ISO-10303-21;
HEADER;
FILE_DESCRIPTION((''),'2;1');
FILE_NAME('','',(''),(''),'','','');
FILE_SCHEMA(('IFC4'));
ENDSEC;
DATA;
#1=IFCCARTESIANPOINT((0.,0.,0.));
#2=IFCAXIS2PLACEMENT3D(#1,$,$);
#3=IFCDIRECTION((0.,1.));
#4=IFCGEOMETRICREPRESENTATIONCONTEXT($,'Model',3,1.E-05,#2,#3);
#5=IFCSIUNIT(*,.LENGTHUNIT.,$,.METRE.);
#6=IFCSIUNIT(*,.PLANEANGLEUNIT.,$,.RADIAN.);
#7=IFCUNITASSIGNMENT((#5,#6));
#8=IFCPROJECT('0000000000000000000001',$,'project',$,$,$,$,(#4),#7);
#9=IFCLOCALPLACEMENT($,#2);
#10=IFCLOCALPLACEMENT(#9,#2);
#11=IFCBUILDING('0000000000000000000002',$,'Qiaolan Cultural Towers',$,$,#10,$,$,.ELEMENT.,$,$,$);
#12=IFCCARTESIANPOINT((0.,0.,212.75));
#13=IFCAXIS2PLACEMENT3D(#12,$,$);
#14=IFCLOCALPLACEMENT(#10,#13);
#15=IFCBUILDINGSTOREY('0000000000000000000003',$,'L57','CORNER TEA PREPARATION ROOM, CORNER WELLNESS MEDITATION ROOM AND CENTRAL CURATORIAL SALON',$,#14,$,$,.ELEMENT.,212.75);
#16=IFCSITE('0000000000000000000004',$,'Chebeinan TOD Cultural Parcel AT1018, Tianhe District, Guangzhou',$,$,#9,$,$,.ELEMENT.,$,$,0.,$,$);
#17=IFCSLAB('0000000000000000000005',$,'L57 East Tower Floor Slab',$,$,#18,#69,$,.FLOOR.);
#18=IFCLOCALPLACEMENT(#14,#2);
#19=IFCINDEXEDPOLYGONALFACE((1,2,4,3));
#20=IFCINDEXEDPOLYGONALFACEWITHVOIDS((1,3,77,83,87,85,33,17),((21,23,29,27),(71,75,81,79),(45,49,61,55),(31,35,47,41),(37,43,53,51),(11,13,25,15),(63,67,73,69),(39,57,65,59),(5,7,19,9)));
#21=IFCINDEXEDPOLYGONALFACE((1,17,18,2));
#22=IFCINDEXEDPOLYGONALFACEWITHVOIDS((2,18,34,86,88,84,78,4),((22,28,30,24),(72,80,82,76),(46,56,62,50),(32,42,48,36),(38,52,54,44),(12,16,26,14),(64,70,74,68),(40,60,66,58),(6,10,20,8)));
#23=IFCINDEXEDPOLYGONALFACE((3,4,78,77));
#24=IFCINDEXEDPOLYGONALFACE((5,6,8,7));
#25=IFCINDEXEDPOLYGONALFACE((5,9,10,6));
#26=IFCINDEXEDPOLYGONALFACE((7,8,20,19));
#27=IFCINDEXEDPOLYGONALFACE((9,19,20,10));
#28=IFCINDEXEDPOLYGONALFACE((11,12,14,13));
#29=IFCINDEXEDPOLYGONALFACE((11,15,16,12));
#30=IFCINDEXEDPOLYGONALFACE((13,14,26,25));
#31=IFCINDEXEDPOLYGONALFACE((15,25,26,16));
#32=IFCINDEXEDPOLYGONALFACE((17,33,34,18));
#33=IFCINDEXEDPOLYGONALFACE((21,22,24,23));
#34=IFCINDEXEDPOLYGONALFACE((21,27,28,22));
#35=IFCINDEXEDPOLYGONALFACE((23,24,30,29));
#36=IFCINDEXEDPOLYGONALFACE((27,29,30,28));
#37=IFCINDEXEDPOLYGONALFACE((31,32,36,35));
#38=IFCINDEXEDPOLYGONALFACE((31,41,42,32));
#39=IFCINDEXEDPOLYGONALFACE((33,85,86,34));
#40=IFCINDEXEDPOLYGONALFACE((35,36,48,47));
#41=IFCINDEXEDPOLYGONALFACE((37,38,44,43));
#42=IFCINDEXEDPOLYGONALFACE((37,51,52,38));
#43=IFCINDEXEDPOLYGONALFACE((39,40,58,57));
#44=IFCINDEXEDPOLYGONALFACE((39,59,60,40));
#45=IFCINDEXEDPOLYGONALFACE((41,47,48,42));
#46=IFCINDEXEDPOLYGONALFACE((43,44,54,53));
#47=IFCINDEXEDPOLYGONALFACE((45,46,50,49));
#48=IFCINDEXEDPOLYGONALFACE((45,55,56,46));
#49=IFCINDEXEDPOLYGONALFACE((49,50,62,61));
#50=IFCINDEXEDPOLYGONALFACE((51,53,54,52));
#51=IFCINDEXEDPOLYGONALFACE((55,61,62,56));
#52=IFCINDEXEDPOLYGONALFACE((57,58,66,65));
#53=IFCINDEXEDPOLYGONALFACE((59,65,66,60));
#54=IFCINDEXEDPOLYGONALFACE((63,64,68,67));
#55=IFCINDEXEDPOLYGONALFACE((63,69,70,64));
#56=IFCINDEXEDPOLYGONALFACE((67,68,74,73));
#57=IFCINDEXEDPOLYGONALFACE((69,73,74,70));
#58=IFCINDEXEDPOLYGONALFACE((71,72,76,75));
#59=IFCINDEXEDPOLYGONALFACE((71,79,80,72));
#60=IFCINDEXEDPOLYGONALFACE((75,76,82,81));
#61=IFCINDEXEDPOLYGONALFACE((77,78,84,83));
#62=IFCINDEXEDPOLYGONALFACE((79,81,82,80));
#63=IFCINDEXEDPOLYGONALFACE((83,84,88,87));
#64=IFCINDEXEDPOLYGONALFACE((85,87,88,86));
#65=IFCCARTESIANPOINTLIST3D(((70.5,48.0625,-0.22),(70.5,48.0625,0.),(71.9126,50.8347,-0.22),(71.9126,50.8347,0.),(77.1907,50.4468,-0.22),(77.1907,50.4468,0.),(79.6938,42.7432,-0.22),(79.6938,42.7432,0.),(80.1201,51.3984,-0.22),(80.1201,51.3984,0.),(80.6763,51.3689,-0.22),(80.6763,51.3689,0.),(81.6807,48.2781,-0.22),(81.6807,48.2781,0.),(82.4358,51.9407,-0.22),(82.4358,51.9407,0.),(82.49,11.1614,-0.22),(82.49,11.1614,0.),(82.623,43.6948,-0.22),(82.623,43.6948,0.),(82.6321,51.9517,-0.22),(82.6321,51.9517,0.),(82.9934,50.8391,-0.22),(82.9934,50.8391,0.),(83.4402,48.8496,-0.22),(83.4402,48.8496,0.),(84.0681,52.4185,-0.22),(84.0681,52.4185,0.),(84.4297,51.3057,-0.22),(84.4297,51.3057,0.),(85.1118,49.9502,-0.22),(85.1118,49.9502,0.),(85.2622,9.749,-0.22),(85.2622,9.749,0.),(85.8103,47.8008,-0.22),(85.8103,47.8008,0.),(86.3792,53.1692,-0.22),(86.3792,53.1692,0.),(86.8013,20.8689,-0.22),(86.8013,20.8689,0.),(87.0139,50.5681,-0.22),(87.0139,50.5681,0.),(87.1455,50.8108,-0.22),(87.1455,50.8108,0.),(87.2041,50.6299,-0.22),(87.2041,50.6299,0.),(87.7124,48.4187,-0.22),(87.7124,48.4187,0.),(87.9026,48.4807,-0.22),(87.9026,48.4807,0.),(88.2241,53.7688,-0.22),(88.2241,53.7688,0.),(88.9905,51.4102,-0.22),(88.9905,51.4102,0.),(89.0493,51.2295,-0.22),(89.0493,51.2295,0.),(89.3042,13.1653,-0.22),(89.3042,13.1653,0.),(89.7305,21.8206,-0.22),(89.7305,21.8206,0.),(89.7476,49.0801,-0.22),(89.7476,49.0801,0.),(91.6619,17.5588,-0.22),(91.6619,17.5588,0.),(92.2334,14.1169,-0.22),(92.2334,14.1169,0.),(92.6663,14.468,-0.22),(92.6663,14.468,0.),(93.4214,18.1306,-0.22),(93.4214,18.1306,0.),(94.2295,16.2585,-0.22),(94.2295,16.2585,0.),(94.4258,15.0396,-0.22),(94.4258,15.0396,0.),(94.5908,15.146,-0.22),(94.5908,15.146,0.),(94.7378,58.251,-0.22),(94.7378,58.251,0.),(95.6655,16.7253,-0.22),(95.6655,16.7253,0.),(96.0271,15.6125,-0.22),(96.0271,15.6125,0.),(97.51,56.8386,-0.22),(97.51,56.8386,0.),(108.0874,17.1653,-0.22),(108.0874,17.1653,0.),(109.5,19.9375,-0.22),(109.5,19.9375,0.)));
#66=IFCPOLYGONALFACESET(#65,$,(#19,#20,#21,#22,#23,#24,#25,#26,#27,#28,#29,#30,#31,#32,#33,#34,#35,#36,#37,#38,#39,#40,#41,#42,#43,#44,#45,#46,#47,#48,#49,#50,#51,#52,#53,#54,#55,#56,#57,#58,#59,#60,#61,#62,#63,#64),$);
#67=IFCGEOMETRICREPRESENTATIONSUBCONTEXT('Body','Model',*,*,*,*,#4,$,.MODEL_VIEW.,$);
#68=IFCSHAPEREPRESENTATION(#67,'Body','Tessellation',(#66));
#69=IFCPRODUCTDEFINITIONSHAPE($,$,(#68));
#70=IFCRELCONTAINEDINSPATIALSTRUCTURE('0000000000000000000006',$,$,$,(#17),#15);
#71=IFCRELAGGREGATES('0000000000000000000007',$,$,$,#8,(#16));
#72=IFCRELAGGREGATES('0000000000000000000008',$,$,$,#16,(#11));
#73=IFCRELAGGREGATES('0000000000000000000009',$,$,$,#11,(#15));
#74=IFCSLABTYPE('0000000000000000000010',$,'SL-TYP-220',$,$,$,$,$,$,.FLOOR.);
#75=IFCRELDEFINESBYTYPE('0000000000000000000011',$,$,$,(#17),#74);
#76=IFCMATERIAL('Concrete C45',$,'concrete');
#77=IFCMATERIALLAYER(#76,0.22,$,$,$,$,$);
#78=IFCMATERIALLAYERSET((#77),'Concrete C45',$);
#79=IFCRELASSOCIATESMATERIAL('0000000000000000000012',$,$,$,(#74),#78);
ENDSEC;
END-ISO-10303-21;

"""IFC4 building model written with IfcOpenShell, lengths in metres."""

from ifc_helpers import new_model, si_unit, direction, frame, origin, place, context, subcontext, project, spatial, polyline, outline, extrude, material, layer, layer_set, type_object, element, save


model = new_model("IFC4")

# Units and contexts
model_context = context("Model", 3, precision=1e-05, world=origin(), true_north=direction((0.0, 1.0)))
body_context = subcontext(model_context, "Body", "Model", "MODEL_VIEW")
ifc_project = project(units=[si_unit("LENGTHUNIT", "METRE"), si_unit("PLANEANGLEUNIT", "RADIAN")], contexts=[model_context])

# Site, building, storey
site_placement = place(None, origin())
site = spatial("IfcSite", under=ifc_project, at=site_placement, Name="Chebeinan TOD Cultural Parcel AT1018, Tianhe District, Guangzhou", CompositionType="ELEMENT", RefElevation=0.0)
building_placement = place(site_placement, origin())
building = spatial("IfcBuilding", under=site, at=building_placement, Name="Qiaolan Cultural Towers", CompositionType="ELEMENT")
storey_placement = place(building_placement, frame((0.0, 0.0, 212.75)))
storey = spatial("IfcBuildingStorey", under=building, at=storey_placement, Name="L57", Description="CORNER TEA PREPARATION ROOM, CORNER WELLNESS MEDITATION ROOM AND CENTRAL CURATORIAL SALON", CompositionType="ELEMENT", Elevation=212.75)

# Slab
ifc_material_1 = material(Name="Concrete C45", Category="concrete")
ifc_layer_1 = layer(ifc_material_1, 0.22)
ifc_layer_set_1 = layer_set([ifc_layer_1], Name="Concrete C45")
slab_type_1 = type_object("IfcSlabType", Name="SL-TYP-220", PredefinedType="FLOOR", material=ifc_layer_set_1)
slab_1_placement = place(storey_placement, frame((0.0, 0.0, -0.22)))
element("IfcSlab", 1, at=slab_1_placement, inside=storey, type_object=slab_type_1, Name="L57 East Tower Floor Slab", PredefinedType="FLOOR", context=body_context, shape_type="SweptSolid", body=[
    extrude(outline(polyline([(85.2622, 9.749), (108.0874, 17.1653), (109.5, 19.9375), (97.51, 56.8386), (94.7378, 58.251), (71.9126, 50.8347), (70.5, 48.0625), (82.49, 11.1614), (85.2622, 9.749)]), holes=[polyline([(86.8013, 20.8689), (89.3042, 13.1653), (92.2334, 14.1169), (89.7305, 21.8206), (86.8013, 20.8689)]), polyline([(82.623, 43.6948), (80.1201, 51.3984), (77.1907, 50.4468), (79.6938, 42.7432), (82.623, 43.6948)]), polyline([(92.6663, 14.468), (94.4258, 15.0396), (93.4214, 18.1306), (91.6619, 17.5588), (92.6663, 14.468)]), polyline([(94.5908, 15.146), (96.0271, 15.6125), (95.6655, 16.7253), (94.2295, 16.2585), (94.5908, 15.146)]), polyline([(81.6807, 48.2781), (83.4402, 48.8496), (82.4358, 51.9407), (80.6763, 51.3689), (81.6807, 48.2781)]), polyline([(82.9934, 50.8391), (84.4297, 51.3057), (84.0681, 52.4185), (82.6321, 51.9517), (82.9934, 50.8391)]), polyline([(85.8103, 47.8008), (87.7124, 48.4187), (87.0139, 50.5681), (85.1118, 49.9502), (85.8103, 47.8008)]), polyline([(87.9026, 48.4807), (89.7476, 49.0801), (89.0493, 51.2295), (87.2041, 50.6299), (87.9026, 48.4807)]), polyline([(87.1455, 50.8108), (88.9905, 51.4102), (88.2241, 53.7688), (86.3792, 53.1692), (87.1455, 50.8108)])]), origin(), (0.0, 0.0, 1.0), 0.22),
])

save(model, "model.ifc")
